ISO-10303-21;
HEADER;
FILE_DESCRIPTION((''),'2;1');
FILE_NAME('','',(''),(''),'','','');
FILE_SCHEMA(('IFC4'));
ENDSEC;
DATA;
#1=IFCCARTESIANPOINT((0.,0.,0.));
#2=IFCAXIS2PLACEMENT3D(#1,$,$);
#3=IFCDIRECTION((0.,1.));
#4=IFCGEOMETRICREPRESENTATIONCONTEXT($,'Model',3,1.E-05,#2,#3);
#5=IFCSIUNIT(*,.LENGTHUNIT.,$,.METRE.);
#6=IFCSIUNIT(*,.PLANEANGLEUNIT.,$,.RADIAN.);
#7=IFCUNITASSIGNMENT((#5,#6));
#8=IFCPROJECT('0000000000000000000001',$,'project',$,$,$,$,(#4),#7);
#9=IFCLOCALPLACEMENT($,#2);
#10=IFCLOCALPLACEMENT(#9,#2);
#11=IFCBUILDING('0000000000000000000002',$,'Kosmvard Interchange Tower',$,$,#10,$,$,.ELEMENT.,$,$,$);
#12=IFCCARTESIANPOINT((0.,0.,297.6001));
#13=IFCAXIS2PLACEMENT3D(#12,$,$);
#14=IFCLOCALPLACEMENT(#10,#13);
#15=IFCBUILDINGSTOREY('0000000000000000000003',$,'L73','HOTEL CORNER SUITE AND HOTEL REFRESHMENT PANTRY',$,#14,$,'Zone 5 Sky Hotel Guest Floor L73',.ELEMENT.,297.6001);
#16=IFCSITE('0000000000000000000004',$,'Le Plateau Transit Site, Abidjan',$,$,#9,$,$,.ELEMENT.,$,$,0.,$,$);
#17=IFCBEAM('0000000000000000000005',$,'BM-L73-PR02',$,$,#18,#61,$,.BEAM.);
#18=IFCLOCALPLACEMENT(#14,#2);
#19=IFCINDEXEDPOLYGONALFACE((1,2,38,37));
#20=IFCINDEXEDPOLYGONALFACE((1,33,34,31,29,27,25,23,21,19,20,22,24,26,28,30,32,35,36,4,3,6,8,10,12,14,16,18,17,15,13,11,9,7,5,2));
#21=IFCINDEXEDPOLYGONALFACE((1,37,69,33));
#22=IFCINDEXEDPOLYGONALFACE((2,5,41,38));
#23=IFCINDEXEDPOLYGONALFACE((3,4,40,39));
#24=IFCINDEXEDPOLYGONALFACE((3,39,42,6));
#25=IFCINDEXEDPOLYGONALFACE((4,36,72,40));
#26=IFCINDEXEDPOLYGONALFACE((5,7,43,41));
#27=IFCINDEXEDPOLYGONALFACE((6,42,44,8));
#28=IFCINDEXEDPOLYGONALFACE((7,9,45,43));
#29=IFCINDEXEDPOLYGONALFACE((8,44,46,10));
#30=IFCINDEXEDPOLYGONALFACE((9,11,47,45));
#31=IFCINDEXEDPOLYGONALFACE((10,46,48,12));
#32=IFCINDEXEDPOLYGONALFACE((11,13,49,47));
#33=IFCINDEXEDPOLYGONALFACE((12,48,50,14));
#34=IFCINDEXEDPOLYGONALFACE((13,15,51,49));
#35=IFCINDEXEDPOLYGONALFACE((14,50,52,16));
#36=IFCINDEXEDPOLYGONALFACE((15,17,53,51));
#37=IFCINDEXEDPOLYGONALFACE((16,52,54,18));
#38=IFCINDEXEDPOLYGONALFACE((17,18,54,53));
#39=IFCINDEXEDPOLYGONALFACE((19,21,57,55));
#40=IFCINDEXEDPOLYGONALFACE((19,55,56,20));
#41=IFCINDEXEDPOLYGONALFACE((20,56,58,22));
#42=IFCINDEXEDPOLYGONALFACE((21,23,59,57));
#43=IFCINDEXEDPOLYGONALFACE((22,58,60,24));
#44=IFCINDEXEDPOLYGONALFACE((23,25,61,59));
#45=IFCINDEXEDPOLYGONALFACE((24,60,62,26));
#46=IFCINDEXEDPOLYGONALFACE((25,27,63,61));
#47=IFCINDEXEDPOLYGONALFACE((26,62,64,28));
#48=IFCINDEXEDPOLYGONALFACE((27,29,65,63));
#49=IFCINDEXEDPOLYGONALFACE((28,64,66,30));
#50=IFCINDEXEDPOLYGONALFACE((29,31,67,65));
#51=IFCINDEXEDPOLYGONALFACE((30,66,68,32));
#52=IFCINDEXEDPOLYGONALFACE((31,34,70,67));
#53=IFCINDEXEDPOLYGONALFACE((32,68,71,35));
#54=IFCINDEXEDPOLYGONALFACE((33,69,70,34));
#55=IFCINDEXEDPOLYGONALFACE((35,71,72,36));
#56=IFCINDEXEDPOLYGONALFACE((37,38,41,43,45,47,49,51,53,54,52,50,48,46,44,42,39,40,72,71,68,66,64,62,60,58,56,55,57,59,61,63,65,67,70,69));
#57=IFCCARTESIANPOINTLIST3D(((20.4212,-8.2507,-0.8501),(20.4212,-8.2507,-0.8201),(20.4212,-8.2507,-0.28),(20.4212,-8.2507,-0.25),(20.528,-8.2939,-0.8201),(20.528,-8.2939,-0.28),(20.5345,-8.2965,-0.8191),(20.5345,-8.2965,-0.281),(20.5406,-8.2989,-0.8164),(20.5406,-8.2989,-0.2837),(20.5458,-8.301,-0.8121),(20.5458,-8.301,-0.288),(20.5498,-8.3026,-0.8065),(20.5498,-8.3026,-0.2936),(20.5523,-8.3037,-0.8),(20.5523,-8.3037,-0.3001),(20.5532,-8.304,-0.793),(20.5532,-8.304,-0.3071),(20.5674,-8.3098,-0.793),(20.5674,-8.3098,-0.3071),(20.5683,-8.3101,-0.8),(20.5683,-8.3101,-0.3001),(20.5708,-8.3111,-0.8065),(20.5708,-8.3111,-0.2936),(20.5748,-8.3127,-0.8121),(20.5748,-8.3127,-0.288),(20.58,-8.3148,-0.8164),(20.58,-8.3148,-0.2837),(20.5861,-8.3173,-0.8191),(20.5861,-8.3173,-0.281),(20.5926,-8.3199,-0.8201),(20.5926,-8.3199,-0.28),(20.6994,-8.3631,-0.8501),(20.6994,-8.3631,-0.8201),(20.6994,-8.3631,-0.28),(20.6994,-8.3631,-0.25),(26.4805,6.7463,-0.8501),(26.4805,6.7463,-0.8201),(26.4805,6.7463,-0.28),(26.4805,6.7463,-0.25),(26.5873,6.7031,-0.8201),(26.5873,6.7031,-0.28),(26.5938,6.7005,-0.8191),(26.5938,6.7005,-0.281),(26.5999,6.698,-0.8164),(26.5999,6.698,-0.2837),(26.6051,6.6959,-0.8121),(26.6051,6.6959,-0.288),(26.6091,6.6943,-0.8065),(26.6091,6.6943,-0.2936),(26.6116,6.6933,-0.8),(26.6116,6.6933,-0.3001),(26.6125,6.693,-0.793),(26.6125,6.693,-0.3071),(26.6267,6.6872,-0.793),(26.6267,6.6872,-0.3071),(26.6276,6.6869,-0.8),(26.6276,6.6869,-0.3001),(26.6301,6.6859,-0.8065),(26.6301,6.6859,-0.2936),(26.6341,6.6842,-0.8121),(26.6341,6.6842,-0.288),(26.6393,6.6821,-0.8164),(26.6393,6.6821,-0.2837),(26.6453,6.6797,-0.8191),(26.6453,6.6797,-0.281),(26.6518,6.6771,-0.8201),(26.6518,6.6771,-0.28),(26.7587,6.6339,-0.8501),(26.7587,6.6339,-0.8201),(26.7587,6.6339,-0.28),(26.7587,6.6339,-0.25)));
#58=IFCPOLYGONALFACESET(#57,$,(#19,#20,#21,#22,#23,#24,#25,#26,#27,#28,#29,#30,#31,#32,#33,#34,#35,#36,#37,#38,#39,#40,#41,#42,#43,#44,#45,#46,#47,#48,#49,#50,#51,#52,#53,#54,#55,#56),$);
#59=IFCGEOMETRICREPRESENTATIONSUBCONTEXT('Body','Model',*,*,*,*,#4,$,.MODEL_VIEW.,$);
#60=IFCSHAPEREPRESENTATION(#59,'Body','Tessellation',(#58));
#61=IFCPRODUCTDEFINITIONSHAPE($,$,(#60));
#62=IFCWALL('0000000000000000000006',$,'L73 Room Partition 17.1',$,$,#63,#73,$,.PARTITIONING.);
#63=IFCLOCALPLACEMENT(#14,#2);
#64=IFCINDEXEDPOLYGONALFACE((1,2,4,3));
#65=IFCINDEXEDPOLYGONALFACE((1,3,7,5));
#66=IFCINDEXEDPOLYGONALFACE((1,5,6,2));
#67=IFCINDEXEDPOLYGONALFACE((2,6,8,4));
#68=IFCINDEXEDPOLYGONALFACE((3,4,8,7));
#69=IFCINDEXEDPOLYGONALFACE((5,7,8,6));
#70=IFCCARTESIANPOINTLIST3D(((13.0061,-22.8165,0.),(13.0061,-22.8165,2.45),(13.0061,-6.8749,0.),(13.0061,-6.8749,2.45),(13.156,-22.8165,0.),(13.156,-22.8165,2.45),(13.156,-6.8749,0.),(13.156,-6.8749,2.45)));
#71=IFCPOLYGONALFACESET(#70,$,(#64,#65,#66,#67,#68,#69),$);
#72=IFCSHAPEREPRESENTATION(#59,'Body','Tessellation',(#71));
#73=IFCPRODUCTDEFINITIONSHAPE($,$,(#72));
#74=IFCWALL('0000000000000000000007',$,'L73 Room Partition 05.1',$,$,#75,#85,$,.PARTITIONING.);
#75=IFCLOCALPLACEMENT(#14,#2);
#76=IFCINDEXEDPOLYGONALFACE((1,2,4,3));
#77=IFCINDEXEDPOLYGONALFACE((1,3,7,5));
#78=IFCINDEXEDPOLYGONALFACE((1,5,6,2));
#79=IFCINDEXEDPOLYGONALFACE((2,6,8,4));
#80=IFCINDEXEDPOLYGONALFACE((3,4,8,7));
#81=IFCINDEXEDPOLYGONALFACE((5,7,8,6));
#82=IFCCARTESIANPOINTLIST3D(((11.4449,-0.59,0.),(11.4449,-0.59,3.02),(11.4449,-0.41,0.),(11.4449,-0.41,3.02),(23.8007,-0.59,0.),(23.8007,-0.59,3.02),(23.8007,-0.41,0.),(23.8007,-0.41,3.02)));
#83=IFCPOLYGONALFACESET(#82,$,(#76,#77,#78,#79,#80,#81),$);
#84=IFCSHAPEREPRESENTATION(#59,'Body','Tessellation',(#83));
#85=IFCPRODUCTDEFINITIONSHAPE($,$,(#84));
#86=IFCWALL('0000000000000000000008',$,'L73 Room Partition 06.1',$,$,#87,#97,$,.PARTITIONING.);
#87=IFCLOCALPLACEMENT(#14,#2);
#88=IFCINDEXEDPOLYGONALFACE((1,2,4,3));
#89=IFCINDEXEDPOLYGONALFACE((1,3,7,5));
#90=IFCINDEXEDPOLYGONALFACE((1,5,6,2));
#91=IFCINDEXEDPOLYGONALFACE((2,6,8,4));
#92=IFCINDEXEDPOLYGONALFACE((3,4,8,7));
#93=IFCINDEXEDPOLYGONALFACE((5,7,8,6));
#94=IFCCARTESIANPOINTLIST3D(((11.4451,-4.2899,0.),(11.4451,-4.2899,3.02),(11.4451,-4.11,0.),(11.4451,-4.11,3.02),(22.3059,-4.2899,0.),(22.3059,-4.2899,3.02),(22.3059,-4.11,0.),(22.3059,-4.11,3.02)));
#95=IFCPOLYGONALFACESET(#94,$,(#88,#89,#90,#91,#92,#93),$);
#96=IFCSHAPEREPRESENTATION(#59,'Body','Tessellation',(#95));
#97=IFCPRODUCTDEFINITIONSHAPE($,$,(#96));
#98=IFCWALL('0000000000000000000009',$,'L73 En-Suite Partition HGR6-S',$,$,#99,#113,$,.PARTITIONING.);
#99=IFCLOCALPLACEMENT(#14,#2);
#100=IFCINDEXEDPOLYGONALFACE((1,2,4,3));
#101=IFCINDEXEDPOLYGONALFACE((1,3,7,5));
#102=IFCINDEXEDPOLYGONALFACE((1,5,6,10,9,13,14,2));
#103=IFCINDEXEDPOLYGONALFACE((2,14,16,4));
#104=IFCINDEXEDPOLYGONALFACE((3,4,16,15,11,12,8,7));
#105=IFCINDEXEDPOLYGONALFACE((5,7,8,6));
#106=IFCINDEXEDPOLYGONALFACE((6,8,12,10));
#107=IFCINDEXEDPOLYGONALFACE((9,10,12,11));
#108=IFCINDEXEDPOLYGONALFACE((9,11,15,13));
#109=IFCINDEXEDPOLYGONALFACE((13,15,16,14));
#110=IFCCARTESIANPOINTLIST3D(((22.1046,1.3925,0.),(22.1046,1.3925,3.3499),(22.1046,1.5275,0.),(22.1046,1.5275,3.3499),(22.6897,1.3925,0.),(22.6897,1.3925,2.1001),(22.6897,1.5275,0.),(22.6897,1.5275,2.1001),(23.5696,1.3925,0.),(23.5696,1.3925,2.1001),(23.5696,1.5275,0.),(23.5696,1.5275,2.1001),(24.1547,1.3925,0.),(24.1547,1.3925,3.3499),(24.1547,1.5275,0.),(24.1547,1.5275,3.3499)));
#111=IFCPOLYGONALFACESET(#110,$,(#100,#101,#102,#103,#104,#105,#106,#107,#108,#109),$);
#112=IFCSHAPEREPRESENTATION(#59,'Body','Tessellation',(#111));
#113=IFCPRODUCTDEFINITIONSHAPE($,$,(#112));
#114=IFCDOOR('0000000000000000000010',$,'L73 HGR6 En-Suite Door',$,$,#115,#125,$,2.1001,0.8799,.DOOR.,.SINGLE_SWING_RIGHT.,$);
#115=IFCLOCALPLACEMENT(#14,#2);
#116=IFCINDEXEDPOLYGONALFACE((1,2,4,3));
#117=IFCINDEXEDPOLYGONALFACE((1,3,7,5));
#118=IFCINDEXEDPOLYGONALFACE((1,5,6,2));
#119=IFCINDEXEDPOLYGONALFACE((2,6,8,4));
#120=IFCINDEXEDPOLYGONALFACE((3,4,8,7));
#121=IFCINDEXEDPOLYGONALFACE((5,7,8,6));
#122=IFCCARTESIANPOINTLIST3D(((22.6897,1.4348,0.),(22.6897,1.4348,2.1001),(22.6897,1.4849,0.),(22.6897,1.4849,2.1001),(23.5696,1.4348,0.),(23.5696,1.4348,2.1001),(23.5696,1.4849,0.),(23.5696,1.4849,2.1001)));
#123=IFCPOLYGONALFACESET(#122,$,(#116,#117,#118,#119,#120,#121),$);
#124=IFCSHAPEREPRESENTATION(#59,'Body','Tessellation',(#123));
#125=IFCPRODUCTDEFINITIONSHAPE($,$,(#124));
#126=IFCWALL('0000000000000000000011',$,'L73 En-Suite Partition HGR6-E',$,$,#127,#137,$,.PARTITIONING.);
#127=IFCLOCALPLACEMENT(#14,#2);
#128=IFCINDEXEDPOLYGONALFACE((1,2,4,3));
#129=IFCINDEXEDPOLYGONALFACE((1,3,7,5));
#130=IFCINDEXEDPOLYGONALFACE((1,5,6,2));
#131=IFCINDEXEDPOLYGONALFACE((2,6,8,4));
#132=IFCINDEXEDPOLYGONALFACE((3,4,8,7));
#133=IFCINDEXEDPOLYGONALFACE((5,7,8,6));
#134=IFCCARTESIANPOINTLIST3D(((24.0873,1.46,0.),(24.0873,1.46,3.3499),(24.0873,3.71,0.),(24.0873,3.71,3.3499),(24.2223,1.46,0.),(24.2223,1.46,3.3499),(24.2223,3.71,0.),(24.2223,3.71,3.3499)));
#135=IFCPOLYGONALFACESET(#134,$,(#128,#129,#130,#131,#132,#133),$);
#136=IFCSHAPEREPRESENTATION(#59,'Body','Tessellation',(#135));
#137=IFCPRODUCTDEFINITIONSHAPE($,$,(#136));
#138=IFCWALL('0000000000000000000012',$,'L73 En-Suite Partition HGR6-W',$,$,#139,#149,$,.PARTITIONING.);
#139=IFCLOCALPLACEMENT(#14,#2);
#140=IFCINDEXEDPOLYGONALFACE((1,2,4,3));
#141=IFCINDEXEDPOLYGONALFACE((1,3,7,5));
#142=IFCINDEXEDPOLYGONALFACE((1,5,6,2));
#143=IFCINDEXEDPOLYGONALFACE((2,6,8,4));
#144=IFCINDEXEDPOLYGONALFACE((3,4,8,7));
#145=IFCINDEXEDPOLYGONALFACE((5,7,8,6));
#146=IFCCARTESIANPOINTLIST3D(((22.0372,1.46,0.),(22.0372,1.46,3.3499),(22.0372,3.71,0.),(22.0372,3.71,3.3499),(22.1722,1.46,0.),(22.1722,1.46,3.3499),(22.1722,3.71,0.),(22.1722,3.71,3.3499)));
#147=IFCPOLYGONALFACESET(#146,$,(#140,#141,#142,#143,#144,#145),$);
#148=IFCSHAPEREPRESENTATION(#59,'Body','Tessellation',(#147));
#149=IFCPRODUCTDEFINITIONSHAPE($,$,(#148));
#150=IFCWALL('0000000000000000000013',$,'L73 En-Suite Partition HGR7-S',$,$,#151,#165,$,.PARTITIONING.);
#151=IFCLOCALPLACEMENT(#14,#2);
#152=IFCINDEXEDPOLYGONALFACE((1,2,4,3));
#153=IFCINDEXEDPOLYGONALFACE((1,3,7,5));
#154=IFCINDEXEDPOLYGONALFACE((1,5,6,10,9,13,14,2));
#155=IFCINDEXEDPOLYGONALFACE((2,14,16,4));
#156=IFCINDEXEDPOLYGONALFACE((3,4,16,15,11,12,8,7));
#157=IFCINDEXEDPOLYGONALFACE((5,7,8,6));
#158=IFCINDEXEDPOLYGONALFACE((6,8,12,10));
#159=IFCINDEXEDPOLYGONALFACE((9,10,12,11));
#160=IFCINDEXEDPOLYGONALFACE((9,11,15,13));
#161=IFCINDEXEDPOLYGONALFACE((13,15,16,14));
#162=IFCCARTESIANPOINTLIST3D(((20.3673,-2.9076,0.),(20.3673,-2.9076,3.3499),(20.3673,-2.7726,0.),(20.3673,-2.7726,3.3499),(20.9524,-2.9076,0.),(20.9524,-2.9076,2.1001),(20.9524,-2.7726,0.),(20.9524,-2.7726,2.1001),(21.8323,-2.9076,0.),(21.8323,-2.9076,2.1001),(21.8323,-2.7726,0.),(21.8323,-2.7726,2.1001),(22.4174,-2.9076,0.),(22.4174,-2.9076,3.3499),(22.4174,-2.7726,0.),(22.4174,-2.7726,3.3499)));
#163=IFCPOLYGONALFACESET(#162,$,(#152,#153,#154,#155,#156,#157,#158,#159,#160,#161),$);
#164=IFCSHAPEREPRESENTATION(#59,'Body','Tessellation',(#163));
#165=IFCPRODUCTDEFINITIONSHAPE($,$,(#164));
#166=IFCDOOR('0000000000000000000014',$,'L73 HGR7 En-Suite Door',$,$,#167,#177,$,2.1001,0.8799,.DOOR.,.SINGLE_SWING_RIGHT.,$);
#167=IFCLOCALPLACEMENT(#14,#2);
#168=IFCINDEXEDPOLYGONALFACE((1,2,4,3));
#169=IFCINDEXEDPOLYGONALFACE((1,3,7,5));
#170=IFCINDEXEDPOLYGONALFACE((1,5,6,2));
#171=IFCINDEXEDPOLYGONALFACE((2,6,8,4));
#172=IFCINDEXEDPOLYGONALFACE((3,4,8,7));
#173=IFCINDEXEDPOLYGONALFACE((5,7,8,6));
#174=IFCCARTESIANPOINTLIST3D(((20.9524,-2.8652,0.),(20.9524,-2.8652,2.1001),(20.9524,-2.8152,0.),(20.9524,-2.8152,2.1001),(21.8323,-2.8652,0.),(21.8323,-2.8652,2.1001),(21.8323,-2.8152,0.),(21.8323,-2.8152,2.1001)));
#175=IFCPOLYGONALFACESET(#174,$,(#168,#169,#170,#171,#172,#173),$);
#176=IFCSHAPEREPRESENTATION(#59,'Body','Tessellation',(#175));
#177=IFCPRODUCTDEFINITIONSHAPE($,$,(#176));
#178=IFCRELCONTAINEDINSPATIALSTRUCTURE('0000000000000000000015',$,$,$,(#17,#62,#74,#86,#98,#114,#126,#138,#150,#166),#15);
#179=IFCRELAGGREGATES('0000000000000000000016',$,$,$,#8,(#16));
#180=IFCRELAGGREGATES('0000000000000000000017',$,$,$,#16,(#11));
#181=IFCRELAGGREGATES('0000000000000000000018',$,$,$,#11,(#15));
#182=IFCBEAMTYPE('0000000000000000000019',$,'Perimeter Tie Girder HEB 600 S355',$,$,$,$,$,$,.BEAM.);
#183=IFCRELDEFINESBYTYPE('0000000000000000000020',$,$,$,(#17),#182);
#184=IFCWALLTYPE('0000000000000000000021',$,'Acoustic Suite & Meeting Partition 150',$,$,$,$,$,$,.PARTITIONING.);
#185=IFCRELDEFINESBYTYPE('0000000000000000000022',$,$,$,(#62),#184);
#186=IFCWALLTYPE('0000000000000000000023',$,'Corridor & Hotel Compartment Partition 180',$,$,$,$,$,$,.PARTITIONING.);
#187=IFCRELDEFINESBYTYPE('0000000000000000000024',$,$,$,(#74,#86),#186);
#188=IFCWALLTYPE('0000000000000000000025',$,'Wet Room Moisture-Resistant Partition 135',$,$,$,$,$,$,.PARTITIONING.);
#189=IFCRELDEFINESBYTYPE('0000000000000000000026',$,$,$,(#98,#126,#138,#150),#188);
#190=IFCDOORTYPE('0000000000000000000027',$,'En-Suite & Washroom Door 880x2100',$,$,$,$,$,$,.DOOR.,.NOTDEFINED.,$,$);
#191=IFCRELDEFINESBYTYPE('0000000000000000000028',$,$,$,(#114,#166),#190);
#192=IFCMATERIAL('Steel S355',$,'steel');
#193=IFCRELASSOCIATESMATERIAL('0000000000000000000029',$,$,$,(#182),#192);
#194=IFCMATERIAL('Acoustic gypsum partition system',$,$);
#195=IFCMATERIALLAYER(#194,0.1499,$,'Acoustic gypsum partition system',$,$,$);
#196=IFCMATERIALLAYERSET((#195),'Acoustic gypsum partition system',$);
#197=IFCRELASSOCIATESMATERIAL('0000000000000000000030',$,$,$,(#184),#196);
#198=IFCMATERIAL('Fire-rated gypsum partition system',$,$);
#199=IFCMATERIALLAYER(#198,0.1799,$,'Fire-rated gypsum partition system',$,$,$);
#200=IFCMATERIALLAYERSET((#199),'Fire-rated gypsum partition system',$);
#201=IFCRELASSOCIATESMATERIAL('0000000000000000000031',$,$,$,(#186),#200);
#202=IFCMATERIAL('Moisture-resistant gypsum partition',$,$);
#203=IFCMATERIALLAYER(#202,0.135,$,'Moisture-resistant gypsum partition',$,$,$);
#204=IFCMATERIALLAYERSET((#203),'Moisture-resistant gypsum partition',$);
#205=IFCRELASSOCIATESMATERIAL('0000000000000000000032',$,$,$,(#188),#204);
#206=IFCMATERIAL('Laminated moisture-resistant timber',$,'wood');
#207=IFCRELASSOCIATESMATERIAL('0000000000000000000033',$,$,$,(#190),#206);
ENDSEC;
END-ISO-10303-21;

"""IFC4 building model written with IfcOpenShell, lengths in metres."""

from ifc_helpers import new_model, si_unit, direction, frame, frame_2d, origin, origin_2d, place, context, subcontext, project, spatial, rectangle, i_section, extrude, source, transform, mapped, material, layer, layer_set, material_profile, profile_set, type_object, element, fill, save


model = new_model("IFC4")

# Units and contexts
model_context = context("Model", 3, precision=1e-05, world=origin(), true_north=direction((0.0, 1.0)))
body_context = subcontext(model_context, "Body", "Model", "MODEL_VIEW")
ifc_project = project(units=[si_unit("LENGTHUNIT", "METRE"), si_unit("PLANEANGLEUNIT", "RADIAN")], contexts=[model_context])

# Site, building, storey
site_placement = place(None, origin())
site = spatial("IfcSite", under=ifc_project, at=site_placement, Name="Le Plateau Transit Site, Abidjan", CompositionType="ELEMENT", RefElevation=0.0)
building_placement = place(site_placement, origin())
building = spatial("IfcBuilding", under=site, at=building_placement, Name="Kosmvard Interchange Tower", CompositionType="ELEMENT")
storey_placement = place(building_placement, frame((0.0, 0.0, 297.6001)))
storey = spatial("IfcBuildingStorey", under=building, at=storey_placement, Name="L73", Description="HOTEL CORNER SUITE AND HOTEL REFRESHMENT PANTRY", LongName="Zone 5 Sky Hotel Guest Floor L73", CompositionType="ELEMENT", Elevation=297.6001)

# Beam
ifc_material_1 = material(Name="Steel S355", Category="steel")
ifc_material_profile = material_profile(ifc_material_1, i_section(OverallWidth=0.3, OverallDepth=0.6001, WebThickness=0.0154, FlangeThickness=0.03, FilletRadius=0.0271, at=origin_2d()), Name="HEB 600")
ifc_profile_set = profile_set([ifc_material_profile], Name="Steel S355")
beam_type = type_object("IfcBeamType", Name="Perimeter Tie Girder HEB 600 S355", PredefinedType="BEAM", material=ifc_profile_set)
shared_shape_1 = source(origin(), body_context, "Body", "SweptSolid", [
    extrude(i_section(OverallWidth=0.3, OverallDepth=0.6001, WebThickness=0.0154, FlangeThickness=0.03, FilletRadius=0.0271, at=origin_2d()), origin(), (0.0, 0.0, 1.0), 16.1748),
])
beam_placement = place(storey_placement, frame((20.5603, -8.3069, -0.55), z_axis=(0.374613, 0.927181, 0.0), x_axis=(-0.927181, 0.374613, 0.0)))
element("IfcBeam", 1, at=beam_placement, inside=storey, type_object=beam_type, Name="BM-L73-PR02", PredefinedType="BEAM", context=body_context, shape_type="MappedRepresentation", body=[
    mapped(shared_shape_1, transform((0.0, 0.0, 0.0), scale=1.0)),
])

# Walls
ifc_material_2 = material(Name="Acoustic gypsum partition system")
ifc_layer_1 = layer(ifc_material_2, 0.1499, Name="Acoustic gypsum partition system")
ifc_layer_set_1 = layer_set([ifc_layer_1], Name="Acoustic gypsum partition system")
wall_type_1 = type_object("IfcWallType", Name="Acoustic Suite & Meeting Partition 150", PredefinedType="PARTITIONING", material=ifc_layer_set_1)
wall_1_placement = place(storey_placement, frame((13.0811, -6.875, 0.0), z_axis=(0.0, 0.0, 1.0), x_axis=(0.0, -1.0, 0.0)))
element("IfcWall", 2, at=wall_1_placement, inside=storey, type_object=wall_type_1, Name="L73 Room Partition 17.1", PredefinedType="PARTITIONING", context=body_context, shape_type="SweptSolid", body=[
    extrude(rectangle(XDim=15.9417, YDim=0.1499, at=frame_2d((7.9707, 0.0))), origin(), (0.0, 0.0, 1.0), 2.45),
])
ifc_material_3 = material(Name="Fire-rated gypsum partition system")
ifc_layer_2 = layer(ifc_material_3, 0.1799, Name="Fire-rated gypsum partition system")
ifc_layer_set_2 = layer_set([ifc_layer_2], Name="Fire-rated gypsum partition system")
wall_type_2 = type_object("IfcWallType", Name="Corridor & Hotel Compartment Partition 180", PredefinedType="PARTITIONING", material=ifc_layer_set_2)
wall_2_placement = place(storey_placement, frame((11.4451, -0.5, 0.0), z_axis=(0.0, 0.0, 1.0), x_axis=(1.0, 0.0, 0.0)))
element("IfcWall", 3, at=wall_2_placement, inside=storey, type_object=wall_type_2, Name="L73 Room Partition 05.1", PredefinedType="PARTITIONING", context=body_context, shape_type="SweptSolid", body=[
    extrude(rectangle(XDim=12.3557, YDim=0.1799, at=frame_2d((6.1777, 0.0))), origin(), (0.0, 0.0, 1.0), 3.02),
])
wall_3_placement = place(storey_placement, frame((11.4451, -4.2, 0.0), z_axis=(0.0, 0.0, 1.0), x_axis=(1.0, 0.0, 0.0)))
element("IfcWall", 4, at=wall_3_placement, inside=storey, type_object=wall_type_2, Name="L73 Room Partition 06.1", PredefinedType="PARTITIONING", context=body_context, shape_type="SweptSolid", body=[
    extrude(rectangle(XDim=10.8608, YDim=0.1799, at=frame_2d((5.4304, 0.0))), origin(), (0.0, 0.0, 1.0), 3.02),
])

# Wall, opening, door
ifc_material_4 = material(Name="Moisture-resistant gypsum partition")
ifc_layer_3 = layer(ifc_material_4, 0.135, Name="Moisture-resistant gypsum partition")
ifc_layer_set_3 = layer_set([ifc_layer_3], Name="Moisture-resistant gypsum partition")
wall_type_3 = type_object("IfcWallType", Name="Wet Room Moisture-Resistant Partition 135", PredefinedType="PARTITIONING", material=ifc_layer_set_3)
wall_4_placement = place(storey_placement, frame((22.1047, 1.46, 0.0), z_axis=(0.0, 0.0, 1.0), x_axis=(1.0, 0.0, 0.0)))
wall_4 = element("IfcWall", 5, at=wall_4_placement, inside=storey, type_object=wall_type_3, Name="L73 En-Suite Partition HGR6-S", PredefinedType="PARTITIONING", context=body_context, shape_type="SweptSolid", body=[
    extrude(rectangle(XDim=2.05, YDim=0.135, at=frame_2d((1.0249, 0.0))), origin(), (0.0, 0.0, 1.0), 3.3499),
])
opening_1_placement = place(wall_4_placement, frame((0.585, 0.0, 0.0)))
opening_1 = element("IfcOpeningElement", 6, at=opening_1_placement, cuts=wall_4, PredefinedType="OPENING", context=body_context, shape_type="SweptSolid", body=[
    extrude(rectangle(XDim=0.8799, YDim=2.1001, at=frame_2d((0.4399, 1.05))), frame((0.0, 0.0776, 0.0), z_axis=(0.0, -1.0, 0.0), x_axis=(1.0, 0.0, 0.0)), (0.0, 0.0, 1.0), 0.155),
])
ifc_material_5 = material(Name="Laminated moisture-resistant timber", Category="wood")
door_type = type_object("IfcDoorType", Name="En-Suite & Washroom Door 880x2100", OperationType="NOTDEFINED", PredefinedType="DOOR", material=ifc_material_5)
shared_shape_2 = source(origin(), body_context, "Body", "SweptSolid", [
    extrude(rectangle(XDim=0.8799, YDim=2.1001, at=frame_2d((0.4399, 1.05))), frame((0.0, 0.0249, 0.0), z_axis=(0.0, -1.0, 0.0), x_axis=(1.0, 0.0, 0.0)), (0.0, 0.0, 1.0), 0.05),
])
door_1_placement = place(opening_1_placement, origin())
door_1 = element("IfcDoor", 7, at=door_1_placement, inside=storey, type_object=door_type, Name="L73 HGR6 En-Suite Door", OperationType="SINGLE_SWING_RIGHT", OverallHeight=2.1001, OverallWidth=0.8799, PredefinedType="DOOR", context=body_context, shape_type="MappedRepresentation", body=[
    mapped(shared_shape_2, transform((0.0, 0.0, 0.0), scale=1.0)),
])
fill(opening_1, door_1)

# Walls
for number, where, z_axis, x_axis, name in (
    (8, (24.1548, 1.46, 0.0), (0.0, 0.0, 1.0), (0.0, 1.0, 0.0), "L73 En-Suite Partition HGR6-E"),
    (9, (22.1047, 1.46, 0.0), (0.0, 0.0, 1.0), (0.0, 1.0, 0.0), "L73 En-Suite Partition HGR6-W"),
):
    element("IfcWall", number, at=place(storey_placement, frame(where, z_axis=z_axis, x_axis=x_axis)), inside=storey, type_object=wall_type_3, Name=name, PredefinedType="PARTITIONING", context=body_context, shape_type="SweptSolid", body=[
        extrude(rectangle(XDim=2.25, YDim=0.135, at=frame_2d((1.125, 0.0))), origin(), (0.0, 0.0, 1.0), 3.3499),
    ])

# Wall, opening, door
wall_5_placement = place(storey_placement, frame((20.3674, -2.8401, 0.0), z_axis=(0.0, 0.0, 1.0), x_axis=(1.0, 0.0, 0.0)))
wall_5 = element("IfcWall", 10, at=wall_5_placement, inside=storey, type_object=wall_type_3, Name="L73 En-Suite Partition HGR7-S", PredefinedType="PARTITIONING", context=body_context, shape_type="SweptSolid", body=[
    extrude(rectangle(XDim=2.05, YDim=0.135, at=frame_2d((1.0249, 0.0))), origin(), (0.0, 0.0, 1.0), 3.3499),
])
opening_2_placement = place(wall_5_placement, frame((0.585, 0.0, 0.0)))
opening_2 = element("IfcOpeningElement", 11, at=opening_2_placement, cuts=wall_5, PredefinedType="OPENING", context=body_context, shape_type="SweptSolid", body=[
    extrude(rectangle(XDim=0.8799, YDim=2.1001, at=frame_2d((0.4399, 1.05))), frame((0.0, 0.0776, 0.0), z_axis=(0.0, -1.0, 0.0), x_axis=(1.0, 0.0, 0.0)), (0.0, 0.0, 1.0), 0.155),
])
door_2_placement = place(opening_2_placement, origin())
door_2 = element("IfcDoor", 12, at=door_2_placement, inside=storey, type_object=door_type, Name="L73 HGR7 En-Suite Door", OperationType="SINGLE_SWING_RIGHT", OverallHeight=2.1001, OverallWidth=0.8799, PredefinedType="DOOR", context=body_context, shape_type="MappedRepresentation", body=[
    mapped(shared_shape_2, transform((0.0, 0.0, 0.0), scale=1.0)),
])
fill(opening_2, door_2)

save(model, "model.ifc")
